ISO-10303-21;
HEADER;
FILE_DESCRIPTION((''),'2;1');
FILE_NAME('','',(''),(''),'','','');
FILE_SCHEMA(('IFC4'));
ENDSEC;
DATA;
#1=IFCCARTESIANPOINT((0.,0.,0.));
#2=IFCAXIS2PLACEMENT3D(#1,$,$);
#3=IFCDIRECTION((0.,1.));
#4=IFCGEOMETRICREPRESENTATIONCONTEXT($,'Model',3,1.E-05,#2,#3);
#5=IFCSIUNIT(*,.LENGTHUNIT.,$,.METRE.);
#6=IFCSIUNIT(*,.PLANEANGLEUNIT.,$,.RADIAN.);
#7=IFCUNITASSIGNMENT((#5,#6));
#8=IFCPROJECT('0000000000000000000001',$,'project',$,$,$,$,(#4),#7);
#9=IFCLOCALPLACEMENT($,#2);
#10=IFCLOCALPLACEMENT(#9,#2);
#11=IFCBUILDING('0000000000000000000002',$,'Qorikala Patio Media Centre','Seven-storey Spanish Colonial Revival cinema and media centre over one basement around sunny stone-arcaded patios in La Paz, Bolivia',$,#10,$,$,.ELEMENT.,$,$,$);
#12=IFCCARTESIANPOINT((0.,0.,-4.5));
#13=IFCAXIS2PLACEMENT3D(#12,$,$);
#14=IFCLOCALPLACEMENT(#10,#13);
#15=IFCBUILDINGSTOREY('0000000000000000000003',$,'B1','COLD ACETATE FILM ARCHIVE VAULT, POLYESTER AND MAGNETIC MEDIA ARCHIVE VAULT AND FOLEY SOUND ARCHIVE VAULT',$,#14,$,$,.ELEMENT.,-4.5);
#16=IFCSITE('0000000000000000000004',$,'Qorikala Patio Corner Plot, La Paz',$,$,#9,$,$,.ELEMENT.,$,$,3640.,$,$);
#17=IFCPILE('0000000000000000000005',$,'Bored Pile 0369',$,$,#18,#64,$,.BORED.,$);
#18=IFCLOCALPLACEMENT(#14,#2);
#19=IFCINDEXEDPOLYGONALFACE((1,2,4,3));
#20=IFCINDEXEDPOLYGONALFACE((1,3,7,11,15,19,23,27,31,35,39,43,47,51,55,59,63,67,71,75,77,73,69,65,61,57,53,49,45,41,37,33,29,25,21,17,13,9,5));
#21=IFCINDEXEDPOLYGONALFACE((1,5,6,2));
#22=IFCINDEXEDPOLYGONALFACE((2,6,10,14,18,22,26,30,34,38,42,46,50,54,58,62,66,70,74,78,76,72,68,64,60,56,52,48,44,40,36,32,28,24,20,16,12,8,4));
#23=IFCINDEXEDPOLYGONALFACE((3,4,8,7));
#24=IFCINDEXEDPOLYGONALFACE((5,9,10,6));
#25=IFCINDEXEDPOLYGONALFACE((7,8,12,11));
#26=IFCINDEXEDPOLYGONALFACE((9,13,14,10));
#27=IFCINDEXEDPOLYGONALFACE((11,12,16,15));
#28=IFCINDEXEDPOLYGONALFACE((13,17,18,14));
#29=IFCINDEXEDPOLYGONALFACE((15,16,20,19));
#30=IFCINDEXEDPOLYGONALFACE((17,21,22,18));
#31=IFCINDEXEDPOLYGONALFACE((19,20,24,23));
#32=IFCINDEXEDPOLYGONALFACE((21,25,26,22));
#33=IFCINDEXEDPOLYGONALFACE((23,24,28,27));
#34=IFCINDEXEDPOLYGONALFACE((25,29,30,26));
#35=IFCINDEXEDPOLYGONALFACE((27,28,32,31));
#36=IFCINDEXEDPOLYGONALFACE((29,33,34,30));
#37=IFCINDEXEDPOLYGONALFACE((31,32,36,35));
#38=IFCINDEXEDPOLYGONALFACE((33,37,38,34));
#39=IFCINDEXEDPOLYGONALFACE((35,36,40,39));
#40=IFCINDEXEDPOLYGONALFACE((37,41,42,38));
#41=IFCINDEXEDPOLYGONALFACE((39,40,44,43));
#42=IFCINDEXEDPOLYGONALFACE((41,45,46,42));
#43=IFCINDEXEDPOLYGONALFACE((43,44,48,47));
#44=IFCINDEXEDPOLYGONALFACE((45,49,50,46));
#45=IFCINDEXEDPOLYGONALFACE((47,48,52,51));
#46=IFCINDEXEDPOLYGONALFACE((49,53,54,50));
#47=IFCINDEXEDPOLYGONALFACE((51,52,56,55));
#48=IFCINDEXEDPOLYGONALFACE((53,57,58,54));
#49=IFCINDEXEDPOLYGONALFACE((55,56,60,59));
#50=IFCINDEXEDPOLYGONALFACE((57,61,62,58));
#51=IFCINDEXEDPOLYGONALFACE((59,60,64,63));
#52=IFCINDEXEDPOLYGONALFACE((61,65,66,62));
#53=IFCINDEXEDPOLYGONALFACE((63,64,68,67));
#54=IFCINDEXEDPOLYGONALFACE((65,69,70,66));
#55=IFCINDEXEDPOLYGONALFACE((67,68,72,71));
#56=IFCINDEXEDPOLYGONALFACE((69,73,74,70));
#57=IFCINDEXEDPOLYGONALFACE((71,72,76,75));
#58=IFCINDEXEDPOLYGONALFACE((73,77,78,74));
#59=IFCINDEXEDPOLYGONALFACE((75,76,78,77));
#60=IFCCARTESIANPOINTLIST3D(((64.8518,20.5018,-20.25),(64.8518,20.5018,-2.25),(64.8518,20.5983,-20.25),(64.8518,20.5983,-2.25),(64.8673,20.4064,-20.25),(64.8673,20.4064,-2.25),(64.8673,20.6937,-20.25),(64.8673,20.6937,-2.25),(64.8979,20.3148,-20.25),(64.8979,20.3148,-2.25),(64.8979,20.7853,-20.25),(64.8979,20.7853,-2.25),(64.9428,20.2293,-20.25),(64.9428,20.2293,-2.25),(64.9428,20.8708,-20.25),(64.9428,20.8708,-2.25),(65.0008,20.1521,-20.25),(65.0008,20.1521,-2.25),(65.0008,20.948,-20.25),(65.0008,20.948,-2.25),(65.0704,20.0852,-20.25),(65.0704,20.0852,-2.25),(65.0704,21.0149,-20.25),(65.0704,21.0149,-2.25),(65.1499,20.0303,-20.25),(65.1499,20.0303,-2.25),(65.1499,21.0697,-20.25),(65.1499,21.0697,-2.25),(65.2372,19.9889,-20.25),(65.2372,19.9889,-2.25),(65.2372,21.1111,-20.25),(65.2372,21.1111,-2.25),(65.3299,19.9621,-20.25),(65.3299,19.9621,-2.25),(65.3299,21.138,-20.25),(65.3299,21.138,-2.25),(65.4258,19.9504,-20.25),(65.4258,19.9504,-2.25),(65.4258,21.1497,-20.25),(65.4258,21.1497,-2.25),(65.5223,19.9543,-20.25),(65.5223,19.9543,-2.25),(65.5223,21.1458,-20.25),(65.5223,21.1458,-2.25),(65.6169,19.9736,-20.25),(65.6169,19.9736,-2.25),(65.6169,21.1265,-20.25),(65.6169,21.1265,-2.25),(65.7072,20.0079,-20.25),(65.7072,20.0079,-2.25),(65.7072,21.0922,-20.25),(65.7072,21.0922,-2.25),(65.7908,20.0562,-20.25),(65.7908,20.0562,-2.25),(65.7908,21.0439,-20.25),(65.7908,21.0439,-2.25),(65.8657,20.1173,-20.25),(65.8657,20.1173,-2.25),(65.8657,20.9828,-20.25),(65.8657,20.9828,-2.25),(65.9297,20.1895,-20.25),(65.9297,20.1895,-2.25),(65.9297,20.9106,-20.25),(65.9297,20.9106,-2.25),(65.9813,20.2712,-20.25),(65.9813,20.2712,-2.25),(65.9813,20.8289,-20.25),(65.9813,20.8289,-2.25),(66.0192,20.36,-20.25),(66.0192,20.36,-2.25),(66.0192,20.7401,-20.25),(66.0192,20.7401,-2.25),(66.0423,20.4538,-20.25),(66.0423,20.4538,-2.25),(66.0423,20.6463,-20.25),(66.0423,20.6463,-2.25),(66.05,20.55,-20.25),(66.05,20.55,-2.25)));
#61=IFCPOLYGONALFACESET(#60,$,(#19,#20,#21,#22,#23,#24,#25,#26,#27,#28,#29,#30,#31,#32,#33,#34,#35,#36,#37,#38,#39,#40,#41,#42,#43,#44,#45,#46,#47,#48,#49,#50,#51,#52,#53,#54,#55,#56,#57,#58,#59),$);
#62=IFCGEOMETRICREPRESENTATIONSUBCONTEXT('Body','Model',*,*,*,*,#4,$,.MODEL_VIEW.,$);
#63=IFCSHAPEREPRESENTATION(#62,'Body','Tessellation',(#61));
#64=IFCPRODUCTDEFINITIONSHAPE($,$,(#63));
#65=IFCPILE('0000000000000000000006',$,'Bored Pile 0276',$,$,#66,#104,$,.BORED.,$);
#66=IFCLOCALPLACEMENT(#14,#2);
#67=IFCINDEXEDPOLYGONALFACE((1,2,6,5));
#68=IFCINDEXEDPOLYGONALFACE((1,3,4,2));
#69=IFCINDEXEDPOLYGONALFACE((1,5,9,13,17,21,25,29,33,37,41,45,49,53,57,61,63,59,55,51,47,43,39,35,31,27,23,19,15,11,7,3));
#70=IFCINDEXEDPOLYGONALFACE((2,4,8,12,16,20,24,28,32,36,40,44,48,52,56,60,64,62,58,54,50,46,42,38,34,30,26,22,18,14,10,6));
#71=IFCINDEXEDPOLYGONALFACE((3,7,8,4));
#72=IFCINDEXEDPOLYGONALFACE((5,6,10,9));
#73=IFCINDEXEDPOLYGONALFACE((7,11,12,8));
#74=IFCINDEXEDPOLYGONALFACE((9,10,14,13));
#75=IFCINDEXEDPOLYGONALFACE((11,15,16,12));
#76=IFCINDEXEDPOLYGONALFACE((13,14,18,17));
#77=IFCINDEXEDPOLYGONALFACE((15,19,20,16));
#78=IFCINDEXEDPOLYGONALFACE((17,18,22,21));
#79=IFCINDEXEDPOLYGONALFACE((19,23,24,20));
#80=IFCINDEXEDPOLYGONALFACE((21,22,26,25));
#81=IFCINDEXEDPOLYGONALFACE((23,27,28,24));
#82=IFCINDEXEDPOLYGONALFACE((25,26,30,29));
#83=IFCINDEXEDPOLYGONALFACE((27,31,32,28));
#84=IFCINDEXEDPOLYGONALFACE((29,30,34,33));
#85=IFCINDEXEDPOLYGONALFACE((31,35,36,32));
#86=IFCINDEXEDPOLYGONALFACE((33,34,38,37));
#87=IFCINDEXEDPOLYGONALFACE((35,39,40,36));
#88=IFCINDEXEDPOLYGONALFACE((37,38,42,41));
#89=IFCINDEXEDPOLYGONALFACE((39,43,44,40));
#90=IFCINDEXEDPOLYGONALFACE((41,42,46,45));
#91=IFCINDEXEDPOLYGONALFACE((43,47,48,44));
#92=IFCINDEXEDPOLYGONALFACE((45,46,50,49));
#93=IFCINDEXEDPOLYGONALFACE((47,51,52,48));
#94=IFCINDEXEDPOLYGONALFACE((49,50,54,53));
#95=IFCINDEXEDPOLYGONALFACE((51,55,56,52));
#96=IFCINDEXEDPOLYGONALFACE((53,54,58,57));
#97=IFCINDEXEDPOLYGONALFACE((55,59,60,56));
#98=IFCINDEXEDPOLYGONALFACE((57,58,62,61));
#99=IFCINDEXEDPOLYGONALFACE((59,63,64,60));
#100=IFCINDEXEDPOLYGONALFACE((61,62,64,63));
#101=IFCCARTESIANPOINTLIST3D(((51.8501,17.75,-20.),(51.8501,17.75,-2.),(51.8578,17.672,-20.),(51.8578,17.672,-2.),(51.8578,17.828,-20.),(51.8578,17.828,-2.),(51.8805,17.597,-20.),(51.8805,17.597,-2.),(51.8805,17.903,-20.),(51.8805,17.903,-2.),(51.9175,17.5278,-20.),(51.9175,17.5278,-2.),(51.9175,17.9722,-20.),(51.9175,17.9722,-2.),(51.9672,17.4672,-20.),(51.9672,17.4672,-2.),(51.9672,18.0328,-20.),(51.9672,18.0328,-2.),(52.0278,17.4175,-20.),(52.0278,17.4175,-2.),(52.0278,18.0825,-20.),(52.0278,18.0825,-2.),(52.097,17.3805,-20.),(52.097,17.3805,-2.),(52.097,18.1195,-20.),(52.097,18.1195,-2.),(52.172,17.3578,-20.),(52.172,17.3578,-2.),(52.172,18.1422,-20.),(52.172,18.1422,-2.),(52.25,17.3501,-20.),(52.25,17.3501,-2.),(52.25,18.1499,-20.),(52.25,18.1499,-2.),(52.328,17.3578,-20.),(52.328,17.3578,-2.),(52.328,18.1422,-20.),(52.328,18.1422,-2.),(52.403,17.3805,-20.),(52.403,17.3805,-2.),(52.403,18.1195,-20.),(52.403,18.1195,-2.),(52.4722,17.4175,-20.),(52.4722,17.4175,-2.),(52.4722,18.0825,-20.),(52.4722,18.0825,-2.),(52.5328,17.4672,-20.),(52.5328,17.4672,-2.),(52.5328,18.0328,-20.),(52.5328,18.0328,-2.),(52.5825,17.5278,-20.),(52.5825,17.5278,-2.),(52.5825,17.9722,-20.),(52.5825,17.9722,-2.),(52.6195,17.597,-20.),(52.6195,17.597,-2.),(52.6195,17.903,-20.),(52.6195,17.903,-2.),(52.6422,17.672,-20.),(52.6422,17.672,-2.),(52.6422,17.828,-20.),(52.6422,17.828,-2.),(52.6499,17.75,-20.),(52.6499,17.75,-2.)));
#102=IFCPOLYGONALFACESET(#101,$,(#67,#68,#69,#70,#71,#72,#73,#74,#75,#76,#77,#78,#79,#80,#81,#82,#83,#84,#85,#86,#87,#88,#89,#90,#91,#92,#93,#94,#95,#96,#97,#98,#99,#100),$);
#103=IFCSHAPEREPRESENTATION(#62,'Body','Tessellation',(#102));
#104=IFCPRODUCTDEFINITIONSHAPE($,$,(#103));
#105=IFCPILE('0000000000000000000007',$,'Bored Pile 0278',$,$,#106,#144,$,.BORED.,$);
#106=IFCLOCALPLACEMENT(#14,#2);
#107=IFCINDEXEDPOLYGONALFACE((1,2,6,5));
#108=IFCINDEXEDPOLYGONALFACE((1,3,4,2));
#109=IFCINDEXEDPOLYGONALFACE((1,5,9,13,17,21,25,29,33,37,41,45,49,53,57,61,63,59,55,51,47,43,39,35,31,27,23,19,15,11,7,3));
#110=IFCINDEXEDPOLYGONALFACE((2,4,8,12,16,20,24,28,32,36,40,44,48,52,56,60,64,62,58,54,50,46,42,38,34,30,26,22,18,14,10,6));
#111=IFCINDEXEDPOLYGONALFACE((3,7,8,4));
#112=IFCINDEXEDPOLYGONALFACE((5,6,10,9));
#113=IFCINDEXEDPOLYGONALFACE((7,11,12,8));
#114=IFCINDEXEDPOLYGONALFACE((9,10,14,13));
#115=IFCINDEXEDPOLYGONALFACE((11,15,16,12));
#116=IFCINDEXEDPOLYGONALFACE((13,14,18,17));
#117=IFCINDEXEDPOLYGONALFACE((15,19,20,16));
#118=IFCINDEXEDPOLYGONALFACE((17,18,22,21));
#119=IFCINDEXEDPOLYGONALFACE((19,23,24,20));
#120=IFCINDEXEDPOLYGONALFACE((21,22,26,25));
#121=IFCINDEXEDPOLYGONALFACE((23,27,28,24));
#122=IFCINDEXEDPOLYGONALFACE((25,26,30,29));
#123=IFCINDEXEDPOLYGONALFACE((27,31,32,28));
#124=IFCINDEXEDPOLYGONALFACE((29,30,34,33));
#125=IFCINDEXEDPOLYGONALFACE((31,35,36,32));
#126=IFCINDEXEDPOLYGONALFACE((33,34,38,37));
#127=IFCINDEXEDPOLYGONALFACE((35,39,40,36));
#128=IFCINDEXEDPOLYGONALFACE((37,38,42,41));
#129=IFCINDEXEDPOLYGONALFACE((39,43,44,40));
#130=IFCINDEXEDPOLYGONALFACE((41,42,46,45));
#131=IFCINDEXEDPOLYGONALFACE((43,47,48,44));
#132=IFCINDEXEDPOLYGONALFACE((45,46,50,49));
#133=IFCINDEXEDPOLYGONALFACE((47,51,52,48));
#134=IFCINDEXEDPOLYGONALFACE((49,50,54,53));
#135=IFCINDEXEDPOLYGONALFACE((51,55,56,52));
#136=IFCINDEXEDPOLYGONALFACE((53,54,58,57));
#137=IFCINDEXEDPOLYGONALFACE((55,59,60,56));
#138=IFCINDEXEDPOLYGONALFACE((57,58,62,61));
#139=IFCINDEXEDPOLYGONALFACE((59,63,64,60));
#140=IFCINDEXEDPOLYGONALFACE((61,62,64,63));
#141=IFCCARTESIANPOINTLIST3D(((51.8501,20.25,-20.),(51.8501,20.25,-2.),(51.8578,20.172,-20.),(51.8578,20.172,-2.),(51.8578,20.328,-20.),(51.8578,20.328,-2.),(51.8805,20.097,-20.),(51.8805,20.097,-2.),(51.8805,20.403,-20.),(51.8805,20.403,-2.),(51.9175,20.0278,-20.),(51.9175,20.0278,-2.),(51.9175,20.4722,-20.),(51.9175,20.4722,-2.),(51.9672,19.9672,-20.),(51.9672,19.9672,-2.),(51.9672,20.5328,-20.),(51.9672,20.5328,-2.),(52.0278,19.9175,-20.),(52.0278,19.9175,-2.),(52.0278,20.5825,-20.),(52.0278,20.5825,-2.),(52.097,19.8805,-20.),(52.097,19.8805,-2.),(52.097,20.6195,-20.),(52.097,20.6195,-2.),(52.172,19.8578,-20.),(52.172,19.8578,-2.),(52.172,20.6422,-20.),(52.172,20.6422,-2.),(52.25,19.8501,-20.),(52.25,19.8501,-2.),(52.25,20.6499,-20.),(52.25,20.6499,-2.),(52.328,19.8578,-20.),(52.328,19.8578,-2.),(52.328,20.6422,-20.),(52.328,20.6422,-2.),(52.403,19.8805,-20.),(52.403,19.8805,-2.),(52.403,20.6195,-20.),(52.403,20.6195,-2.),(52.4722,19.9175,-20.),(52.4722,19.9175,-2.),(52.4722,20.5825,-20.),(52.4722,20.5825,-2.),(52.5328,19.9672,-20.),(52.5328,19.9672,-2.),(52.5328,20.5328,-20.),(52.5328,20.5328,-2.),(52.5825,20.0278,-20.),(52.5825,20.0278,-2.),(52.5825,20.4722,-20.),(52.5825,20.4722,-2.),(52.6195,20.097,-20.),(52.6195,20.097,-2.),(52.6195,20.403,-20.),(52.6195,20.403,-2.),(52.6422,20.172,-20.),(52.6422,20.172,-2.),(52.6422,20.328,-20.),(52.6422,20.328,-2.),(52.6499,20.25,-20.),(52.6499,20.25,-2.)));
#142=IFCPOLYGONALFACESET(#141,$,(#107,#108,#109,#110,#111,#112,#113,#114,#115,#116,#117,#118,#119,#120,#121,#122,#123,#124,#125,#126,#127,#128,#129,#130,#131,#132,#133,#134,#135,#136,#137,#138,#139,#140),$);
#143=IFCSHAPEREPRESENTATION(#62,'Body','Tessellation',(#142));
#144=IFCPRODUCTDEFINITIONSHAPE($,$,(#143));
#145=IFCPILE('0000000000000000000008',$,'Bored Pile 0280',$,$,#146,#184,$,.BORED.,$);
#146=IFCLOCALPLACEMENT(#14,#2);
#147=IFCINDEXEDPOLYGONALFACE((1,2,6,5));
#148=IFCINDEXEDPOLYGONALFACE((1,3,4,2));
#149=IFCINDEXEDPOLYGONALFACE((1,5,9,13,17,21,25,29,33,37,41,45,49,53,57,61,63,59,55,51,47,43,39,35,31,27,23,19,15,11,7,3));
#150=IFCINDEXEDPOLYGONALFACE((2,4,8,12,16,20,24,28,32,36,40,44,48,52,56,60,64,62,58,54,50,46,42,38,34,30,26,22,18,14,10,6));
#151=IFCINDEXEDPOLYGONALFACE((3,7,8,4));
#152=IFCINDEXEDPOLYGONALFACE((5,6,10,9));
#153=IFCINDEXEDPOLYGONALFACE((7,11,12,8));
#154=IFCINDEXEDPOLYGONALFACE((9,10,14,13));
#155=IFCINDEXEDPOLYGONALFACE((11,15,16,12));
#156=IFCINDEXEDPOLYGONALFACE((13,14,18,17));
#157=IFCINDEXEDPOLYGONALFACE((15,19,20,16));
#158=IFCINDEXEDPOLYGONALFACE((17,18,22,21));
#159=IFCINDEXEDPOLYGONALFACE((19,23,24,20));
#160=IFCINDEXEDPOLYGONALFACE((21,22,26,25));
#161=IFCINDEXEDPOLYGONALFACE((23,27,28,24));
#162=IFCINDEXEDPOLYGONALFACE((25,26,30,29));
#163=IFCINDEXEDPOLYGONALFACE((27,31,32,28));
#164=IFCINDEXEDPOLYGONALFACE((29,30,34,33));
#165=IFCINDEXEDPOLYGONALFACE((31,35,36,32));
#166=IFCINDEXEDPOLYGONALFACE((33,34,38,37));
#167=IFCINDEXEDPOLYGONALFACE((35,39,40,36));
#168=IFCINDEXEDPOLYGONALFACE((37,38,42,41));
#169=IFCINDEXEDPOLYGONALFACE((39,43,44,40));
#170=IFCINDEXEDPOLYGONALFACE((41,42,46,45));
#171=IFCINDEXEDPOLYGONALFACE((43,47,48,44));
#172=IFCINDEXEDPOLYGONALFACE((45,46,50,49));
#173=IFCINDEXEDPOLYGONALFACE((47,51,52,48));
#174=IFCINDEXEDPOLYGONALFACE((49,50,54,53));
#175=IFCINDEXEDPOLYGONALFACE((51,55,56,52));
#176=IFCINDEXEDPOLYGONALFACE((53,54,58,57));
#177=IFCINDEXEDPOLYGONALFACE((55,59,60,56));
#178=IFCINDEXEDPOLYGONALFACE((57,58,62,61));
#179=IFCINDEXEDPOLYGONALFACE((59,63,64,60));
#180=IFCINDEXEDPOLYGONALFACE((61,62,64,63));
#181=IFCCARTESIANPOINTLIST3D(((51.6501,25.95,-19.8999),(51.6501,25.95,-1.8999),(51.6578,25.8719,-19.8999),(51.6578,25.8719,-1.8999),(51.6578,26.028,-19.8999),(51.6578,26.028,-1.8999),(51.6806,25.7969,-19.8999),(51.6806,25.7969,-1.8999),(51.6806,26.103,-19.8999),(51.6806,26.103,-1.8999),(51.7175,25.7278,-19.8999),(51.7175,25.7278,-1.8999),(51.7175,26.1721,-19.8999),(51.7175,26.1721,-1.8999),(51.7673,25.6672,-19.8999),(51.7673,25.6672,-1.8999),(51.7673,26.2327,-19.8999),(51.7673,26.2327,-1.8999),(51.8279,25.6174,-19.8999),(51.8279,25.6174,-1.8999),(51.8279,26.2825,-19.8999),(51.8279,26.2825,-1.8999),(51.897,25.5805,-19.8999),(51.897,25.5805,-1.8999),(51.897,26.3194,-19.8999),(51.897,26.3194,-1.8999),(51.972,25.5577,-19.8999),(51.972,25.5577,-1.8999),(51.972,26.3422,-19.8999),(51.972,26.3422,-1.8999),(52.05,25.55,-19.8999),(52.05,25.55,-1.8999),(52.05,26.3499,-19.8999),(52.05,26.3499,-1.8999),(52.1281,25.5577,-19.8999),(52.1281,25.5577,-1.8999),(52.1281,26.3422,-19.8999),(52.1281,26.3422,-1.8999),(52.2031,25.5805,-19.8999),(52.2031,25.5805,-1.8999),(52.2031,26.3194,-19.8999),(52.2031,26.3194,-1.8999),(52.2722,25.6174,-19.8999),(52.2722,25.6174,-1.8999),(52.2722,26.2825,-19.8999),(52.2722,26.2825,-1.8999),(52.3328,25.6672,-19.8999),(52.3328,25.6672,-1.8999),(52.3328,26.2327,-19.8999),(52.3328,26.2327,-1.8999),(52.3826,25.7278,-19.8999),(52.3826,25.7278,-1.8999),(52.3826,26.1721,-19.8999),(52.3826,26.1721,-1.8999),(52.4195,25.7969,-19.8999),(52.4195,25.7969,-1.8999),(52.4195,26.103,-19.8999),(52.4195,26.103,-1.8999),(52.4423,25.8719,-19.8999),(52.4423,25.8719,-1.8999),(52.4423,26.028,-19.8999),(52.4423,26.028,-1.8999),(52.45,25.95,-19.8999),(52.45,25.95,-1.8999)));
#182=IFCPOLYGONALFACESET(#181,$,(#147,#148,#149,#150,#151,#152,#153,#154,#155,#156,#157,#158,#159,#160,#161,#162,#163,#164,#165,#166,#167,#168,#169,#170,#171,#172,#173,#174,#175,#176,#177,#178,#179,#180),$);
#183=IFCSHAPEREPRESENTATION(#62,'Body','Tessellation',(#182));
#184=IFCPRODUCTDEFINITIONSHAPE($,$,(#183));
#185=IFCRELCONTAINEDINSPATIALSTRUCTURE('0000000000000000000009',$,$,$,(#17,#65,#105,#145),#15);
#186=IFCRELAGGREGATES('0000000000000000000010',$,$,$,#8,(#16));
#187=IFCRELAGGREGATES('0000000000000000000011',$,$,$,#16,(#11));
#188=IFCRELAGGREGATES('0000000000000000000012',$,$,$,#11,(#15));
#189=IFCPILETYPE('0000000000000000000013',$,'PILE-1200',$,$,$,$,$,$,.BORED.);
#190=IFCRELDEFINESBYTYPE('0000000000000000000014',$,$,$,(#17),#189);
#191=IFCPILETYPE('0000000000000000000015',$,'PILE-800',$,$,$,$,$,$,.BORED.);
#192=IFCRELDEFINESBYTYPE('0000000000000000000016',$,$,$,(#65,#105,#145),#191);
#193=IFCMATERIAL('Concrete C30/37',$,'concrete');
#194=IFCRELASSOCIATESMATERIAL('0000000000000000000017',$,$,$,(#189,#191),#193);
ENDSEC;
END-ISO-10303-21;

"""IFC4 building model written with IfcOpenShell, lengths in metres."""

from ifc_helpers import new_model, si_unit, direction, frame, origin, origin_2d, place, context, subcontext, project, spatial, circle, extrude, material, material_profile, profile_set, type_object, element, save


model = new_model("IFC4")

# Units and contexts
model_context = context("Model", 3, precision=1e-05, world=origin(), true_north=direction((0.0, 1.0)))
body_context = subcontext(model_context, "Body", "Model", "MODEL_VIEW")
ifc_project = project(units=[si_unit("LENGTHUNIT", "METRE"), si_unit("PLANEANGLEUNIT", "RADIAN")], contexts=[model_context])

# Site, building, storey
site_placement = place(None, origin())
site = spatial("IfcSite", under=ifc_project, at=site_placement, Name="Qorikala Patio Corner Plot, La Paz", CompositionType="ELEMENT", RefElevation=3640.0)
building_placement = place(site_placement, origin())
building = spatial("IfcBuilding", under=site, at=building_placement, Name="Qorikala Patio Media Centre", Description="Seven-storey Spanish Colonial Revival cinema and media centre over one basement around sunny stone-arcaded patios in La Paz, Bolivia", CompositionType="ELEMENT")
storey_placement = place(building_placement, frame((0.0, 0.0, -4.5)))
storey = spatial("IfcBuildingStorey", under=building, at=storey_placement, Name="B1", Description="COLD ACETATE FILM ARCHIVE VAULT, POLYESTER AND MAGNETIC MEDIA ARCHIVE VAULT AND FOLEY SOUND ARCHIVE VAULT", CompositionType="ELEMENT", Elevation=-4.5)

# Shared definitions
ifc_material_1 = material(Name="Concrete C30/37", Category="concrete")

# Piles
ifc_material_profile_1 = material_profile(ifc_material_1, circle(Radius=0.6001, at=origin_2d()), Name="BORED PILE 1200")
ifc_profile_set_1 = profile_set([ifc_material_profile_1], Name="Concrete C30/37")
pile_type_1 = type_object("IfcPileType", Name="PILE-1200", PredefinedType="BORED", material=ifc_profile_set_1)
for number, where, z_axis, x_axis, name in (
    (1, (65.45, 20.55, -2.25), (0.0, 0.0, -1.0), (1.0, 0.0, 0.0), "Bored Pile 0369"),
):
    element("IfcPile", number, at=place(storey_placement, frame(where, z_axis=z_axis, x_axis=x_axis)), inside=storey, type_object=pile_type_1, Name=name, PredefinedType="BORED", context=body_context, shape_type="SweptSolid", body=[
        extrude(circle(Radius=0.6001, at=origin_2d()), origin(), (0.0, 0.0, 1.0), 18.0),
    ])
ifc_material_profile_2 = material_profile(ifc_material_1, circle(Radius=0.3999, at=origin_2d()), Name="BORED PILE 800")
ifc_profile_set_2 = profile_set([ifc_material_profile_2], Name="Concrete C30/37")
pile_type_2 = type_object("IfcPileType", Name="PILE-800", PredefinedType="BORED", material=ifc_profile_set_2)
for number, where, z_axis, x_axis, name in (
    (2, (52.25, 17.75, -2.0), (0.0, 0.0, -1.0), (1.0, 0.0, 0.0), "Bored Pile 0276"),
    (3, (52.25, 20.25, -2.0), (0.0, 0.0, -1.0), (1.0, 0.0, 0.0), "Bored Pile 0278"),
    (4, (52.05, 25.95, -1.8999), (0.0, 0.0, -1.0), (1.0, 0.0, 0.0), "Bored Pile 0280"),
):
    element("IfcPile", number, at=place(storey_placement, frame(where, z_axis=z_axis, x_axis=x_axis)), inside=storey, type_object=pile_type_2, Name=name, PredefinedType="BORED", context=body_context, shape_type="SweptSolid", body=[
        extrude(circle(Radius=0.3999, at=origin_2d()), origin(), (0.0, 0.0, 1.0), 18.0),
    ])

save(model, "model.ifc")
